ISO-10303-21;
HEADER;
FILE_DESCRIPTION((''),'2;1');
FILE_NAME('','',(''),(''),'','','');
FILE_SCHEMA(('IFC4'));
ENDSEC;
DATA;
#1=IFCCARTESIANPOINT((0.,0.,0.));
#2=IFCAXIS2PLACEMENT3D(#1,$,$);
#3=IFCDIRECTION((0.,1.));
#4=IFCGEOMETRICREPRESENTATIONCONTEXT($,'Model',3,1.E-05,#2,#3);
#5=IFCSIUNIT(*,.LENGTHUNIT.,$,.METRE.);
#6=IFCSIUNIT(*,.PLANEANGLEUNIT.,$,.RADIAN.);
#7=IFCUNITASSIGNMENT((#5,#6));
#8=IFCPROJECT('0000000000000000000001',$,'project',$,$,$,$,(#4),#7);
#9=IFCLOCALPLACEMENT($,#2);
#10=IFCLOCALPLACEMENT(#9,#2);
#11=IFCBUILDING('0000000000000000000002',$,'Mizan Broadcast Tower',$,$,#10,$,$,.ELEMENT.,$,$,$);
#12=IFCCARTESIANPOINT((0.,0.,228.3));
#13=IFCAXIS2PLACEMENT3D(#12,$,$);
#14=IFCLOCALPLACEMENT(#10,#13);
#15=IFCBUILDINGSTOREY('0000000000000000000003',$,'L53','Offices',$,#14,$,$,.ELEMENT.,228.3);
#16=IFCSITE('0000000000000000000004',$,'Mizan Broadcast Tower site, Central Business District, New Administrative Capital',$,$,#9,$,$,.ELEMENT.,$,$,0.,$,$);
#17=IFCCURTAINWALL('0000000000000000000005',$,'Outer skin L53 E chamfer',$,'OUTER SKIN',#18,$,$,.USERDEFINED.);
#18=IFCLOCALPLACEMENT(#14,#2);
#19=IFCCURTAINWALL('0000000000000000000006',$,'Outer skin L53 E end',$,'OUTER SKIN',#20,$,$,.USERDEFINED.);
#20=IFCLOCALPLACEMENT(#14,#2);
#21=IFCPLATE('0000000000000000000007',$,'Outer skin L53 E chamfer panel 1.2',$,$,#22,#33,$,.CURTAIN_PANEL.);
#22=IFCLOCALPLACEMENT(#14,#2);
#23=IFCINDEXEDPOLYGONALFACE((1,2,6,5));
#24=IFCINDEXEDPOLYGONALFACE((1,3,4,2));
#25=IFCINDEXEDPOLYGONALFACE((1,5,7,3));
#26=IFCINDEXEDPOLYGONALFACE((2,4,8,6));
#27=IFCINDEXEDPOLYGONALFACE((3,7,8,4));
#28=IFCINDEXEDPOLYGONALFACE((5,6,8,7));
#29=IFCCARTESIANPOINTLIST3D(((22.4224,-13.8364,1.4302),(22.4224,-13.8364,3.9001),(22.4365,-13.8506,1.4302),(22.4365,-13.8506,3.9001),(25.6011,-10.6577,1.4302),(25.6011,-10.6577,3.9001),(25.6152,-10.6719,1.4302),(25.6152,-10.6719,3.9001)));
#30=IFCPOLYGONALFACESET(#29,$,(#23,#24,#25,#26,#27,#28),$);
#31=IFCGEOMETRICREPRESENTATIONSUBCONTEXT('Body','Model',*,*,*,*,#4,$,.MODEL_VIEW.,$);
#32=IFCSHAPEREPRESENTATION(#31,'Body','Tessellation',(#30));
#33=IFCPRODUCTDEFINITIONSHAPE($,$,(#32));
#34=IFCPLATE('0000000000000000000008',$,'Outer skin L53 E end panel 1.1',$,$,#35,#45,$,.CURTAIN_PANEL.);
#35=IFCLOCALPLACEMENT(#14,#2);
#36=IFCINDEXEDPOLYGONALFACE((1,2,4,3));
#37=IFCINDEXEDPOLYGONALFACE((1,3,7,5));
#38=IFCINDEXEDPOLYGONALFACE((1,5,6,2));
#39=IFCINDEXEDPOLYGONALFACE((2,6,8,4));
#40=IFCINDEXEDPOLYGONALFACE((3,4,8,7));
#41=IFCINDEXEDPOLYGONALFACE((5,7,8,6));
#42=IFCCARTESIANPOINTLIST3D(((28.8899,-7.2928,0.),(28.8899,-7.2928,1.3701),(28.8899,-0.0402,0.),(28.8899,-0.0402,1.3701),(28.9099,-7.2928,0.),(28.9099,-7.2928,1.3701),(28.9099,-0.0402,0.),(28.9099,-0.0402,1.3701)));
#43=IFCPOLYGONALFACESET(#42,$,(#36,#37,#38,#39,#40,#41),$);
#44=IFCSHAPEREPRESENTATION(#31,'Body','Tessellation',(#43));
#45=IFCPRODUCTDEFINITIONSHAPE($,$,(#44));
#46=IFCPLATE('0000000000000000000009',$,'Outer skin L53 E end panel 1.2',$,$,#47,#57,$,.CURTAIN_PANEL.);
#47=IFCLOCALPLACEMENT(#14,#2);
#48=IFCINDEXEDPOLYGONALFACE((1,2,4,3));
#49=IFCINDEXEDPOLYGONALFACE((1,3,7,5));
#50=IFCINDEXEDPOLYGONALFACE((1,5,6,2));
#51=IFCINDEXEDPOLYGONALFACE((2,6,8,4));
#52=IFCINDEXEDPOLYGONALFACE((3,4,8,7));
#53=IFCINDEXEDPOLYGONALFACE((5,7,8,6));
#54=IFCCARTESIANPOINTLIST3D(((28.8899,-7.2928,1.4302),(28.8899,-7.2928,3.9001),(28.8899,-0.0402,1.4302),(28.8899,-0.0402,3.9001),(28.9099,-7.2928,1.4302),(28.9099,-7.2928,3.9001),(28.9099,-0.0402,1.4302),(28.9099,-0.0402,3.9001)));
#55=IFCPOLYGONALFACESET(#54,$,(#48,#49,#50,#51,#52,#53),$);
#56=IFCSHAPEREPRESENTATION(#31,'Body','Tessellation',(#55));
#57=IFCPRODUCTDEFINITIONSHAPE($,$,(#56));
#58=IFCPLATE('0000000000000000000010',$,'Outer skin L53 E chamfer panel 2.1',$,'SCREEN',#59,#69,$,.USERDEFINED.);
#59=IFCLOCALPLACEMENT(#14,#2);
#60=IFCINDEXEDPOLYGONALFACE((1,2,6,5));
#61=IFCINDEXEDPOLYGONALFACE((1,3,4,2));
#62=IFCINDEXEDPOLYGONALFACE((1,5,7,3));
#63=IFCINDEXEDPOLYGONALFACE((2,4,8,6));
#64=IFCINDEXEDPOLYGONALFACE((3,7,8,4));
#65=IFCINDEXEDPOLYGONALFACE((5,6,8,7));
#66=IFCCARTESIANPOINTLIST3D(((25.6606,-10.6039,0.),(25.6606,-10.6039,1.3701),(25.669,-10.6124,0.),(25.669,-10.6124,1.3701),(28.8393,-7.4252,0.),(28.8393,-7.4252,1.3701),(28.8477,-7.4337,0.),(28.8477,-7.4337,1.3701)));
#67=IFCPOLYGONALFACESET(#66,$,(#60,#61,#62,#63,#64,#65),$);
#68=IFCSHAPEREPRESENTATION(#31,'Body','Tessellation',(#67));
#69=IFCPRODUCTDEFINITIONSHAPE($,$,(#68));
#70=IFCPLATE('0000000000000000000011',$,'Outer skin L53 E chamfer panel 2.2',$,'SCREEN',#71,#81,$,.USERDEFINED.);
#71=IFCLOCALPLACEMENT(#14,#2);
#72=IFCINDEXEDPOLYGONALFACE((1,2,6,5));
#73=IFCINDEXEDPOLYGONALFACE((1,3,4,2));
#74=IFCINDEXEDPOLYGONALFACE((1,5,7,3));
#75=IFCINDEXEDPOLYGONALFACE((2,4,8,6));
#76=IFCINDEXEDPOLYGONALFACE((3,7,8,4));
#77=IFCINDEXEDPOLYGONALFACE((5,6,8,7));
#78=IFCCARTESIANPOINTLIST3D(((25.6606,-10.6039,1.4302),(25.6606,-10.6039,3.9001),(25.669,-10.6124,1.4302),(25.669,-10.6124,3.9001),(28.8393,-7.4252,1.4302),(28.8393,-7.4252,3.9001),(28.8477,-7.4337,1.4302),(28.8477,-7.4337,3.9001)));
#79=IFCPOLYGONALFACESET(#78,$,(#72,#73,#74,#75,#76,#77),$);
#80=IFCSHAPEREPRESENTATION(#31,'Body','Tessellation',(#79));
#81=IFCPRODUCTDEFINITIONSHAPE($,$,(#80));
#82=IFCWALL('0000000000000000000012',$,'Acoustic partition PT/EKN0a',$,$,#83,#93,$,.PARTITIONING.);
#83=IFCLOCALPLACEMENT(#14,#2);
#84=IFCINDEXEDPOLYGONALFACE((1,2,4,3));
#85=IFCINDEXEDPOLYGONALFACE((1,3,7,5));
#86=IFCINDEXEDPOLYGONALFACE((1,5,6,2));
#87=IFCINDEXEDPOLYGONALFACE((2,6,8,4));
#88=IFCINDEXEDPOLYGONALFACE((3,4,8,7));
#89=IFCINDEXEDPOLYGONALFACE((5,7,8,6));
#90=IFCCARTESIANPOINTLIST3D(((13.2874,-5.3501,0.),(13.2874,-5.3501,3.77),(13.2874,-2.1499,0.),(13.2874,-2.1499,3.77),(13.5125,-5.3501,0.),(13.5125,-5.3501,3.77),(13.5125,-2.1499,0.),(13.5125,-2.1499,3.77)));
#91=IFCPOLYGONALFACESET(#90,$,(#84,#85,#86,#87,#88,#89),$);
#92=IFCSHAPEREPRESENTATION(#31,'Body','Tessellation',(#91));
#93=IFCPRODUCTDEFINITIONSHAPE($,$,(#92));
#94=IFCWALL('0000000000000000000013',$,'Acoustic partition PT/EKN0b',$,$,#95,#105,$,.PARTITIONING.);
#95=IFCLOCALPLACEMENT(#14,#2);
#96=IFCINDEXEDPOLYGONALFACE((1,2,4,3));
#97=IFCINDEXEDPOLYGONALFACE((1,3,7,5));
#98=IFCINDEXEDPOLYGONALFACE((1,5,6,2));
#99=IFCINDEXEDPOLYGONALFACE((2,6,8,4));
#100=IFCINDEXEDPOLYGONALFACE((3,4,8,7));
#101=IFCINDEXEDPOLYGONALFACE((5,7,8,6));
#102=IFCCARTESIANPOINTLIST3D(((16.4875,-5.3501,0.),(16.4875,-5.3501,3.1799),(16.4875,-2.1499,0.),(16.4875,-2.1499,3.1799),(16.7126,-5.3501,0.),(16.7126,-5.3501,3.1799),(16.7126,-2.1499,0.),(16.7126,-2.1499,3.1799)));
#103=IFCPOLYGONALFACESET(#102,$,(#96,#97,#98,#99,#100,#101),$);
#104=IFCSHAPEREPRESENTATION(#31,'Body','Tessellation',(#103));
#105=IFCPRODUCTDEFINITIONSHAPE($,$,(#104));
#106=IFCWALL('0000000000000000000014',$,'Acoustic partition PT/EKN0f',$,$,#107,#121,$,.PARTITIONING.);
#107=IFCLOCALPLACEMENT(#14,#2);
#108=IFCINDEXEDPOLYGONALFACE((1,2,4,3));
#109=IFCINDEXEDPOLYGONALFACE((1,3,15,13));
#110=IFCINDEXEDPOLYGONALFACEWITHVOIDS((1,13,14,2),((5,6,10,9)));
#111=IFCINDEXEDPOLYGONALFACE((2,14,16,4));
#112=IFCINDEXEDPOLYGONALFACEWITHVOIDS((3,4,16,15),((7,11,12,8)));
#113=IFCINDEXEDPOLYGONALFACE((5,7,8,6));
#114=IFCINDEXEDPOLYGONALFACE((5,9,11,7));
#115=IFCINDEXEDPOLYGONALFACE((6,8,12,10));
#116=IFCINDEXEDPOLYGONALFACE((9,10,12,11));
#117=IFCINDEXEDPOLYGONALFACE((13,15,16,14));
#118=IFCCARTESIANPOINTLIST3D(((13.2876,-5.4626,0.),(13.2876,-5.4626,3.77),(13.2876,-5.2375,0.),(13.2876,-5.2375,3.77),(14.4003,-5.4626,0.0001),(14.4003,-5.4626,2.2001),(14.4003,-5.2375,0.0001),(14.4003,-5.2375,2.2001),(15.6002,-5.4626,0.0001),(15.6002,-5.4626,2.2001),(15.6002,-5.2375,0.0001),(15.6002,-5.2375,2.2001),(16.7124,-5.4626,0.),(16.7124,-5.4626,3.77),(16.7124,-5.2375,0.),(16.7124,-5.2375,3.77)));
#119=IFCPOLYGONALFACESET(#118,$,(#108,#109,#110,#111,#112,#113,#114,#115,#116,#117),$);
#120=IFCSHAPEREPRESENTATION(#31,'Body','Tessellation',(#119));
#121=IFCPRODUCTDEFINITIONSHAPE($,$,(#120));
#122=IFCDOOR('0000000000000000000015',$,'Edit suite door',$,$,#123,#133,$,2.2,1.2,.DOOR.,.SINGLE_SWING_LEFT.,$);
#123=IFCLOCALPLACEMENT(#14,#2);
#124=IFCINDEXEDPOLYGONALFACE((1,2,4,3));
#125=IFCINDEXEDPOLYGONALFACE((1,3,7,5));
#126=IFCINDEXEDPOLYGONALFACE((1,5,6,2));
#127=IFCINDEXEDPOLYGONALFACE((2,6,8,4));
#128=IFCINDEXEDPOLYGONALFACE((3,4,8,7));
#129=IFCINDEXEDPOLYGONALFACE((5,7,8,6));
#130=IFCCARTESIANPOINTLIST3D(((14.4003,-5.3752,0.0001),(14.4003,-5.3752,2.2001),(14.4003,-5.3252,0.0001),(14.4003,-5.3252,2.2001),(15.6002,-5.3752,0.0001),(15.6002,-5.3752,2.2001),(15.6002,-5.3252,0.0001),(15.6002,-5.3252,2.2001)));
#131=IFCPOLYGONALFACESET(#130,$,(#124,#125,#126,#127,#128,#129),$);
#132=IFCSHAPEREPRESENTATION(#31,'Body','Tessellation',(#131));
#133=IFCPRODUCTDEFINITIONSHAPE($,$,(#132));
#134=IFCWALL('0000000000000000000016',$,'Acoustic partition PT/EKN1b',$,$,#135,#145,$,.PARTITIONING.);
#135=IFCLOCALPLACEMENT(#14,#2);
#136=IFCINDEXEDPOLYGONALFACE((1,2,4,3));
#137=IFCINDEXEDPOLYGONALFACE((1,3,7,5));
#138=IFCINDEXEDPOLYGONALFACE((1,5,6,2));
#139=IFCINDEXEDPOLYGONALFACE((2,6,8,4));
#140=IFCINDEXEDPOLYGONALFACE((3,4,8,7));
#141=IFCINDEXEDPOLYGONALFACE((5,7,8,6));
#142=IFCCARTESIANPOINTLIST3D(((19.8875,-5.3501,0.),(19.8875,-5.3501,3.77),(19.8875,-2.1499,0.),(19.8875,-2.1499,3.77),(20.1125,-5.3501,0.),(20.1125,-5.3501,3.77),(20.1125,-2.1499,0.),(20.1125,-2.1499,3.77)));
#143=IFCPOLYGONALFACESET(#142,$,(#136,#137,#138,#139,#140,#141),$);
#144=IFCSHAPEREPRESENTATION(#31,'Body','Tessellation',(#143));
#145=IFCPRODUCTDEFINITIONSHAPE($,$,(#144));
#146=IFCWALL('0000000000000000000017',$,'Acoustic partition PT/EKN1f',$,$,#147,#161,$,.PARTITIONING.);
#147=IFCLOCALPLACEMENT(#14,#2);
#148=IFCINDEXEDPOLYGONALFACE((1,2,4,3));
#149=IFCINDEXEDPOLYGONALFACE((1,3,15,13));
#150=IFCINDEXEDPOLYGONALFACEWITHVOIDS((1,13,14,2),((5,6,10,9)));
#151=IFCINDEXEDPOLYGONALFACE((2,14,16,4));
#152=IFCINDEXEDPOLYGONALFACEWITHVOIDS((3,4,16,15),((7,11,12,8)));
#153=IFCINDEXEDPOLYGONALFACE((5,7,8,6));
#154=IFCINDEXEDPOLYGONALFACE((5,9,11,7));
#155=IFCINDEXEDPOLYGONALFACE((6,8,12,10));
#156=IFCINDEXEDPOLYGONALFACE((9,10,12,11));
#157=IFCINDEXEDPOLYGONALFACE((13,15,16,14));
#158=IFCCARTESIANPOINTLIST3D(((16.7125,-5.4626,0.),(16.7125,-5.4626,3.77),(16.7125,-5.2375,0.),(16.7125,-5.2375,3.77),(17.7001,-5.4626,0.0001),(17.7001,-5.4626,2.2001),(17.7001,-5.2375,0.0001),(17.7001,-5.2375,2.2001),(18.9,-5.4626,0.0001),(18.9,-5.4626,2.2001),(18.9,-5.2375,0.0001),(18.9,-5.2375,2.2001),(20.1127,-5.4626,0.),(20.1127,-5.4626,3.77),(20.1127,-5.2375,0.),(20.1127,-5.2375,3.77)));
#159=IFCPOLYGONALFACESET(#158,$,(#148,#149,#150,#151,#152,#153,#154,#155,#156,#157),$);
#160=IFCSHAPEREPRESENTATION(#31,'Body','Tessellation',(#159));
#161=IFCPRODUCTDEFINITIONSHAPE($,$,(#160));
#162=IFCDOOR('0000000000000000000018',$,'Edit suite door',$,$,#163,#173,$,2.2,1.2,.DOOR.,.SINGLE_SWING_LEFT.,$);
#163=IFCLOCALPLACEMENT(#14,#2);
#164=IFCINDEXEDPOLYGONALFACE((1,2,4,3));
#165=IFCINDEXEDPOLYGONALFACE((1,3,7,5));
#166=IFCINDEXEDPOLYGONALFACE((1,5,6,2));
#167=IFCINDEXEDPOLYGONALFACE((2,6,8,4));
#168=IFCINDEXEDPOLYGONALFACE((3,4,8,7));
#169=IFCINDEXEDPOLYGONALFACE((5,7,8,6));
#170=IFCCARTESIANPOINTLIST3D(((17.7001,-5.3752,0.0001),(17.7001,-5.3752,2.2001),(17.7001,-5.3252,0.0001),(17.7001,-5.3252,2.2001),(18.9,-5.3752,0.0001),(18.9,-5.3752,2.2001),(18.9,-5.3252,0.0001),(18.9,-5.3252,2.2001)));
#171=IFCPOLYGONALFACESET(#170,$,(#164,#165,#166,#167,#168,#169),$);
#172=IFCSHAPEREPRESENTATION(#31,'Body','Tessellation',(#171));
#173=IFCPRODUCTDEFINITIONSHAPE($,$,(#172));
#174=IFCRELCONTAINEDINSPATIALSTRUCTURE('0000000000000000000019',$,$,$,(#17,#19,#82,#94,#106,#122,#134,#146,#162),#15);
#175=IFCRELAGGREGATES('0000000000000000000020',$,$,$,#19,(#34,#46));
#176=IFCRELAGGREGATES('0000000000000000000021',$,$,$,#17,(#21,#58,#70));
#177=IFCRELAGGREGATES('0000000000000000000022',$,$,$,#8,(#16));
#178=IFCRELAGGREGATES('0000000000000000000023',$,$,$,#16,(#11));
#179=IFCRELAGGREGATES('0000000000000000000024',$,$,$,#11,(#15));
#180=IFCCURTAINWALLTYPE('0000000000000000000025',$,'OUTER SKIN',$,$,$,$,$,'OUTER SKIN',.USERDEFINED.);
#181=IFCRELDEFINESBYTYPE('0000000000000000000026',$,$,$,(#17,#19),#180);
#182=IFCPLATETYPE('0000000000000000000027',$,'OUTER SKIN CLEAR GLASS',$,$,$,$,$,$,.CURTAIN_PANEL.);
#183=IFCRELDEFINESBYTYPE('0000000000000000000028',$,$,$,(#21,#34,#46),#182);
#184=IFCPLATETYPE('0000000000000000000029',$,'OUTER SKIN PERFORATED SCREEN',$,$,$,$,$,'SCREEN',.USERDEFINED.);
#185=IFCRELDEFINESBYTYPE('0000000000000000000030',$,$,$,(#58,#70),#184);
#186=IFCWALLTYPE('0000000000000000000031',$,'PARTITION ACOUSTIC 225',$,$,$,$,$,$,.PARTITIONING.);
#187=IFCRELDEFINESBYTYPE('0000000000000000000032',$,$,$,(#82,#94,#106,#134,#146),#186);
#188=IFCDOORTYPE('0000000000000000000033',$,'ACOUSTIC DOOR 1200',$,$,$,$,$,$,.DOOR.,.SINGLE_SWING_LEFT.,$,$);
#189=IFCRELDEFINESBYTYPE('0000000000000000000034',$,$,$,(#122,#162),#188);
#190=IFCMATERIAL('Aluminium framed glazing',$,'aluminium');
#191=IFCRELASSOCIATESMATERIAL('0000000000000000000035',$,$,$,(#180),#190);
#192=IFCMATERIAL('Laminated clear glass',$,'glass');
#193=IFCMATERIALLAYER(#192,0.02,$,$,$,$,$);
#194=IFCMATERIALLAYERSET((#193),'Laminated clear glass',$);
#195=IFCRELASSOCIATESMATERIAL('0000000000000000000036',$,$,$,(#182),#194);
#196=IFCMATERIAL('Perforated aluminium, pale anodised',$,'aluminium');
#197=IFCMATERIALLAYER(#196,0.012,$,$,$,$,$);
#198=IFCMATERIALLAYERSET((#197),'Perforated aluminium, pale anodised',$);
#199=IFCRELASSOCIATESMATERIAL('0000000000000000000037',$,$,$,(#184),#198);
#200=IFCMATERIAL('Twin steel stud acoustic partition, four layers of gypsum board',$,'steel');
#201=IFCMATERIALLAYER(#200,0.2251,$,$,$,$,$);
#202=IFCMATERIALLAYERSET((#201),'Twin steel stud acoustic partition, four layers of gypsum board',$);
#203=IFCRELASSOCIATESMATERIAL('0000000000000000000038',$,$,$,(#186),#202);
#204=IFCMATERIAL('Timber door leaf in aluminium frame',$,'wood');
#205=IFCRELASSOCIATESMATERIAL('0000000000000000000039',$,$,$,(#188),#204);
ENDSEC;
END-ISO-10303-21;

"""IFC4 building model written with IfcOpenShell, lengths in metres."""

from ifc_helpers import new_model, si_unit, direction, frame, frame_2d, origin, origin_2d, place, context, subcontext, project, spatial, rectangle, extrude, material, layer, layer_set, type_object, element, fill, aggregate, save


model = new_model("IFC4")

# Units and contexts
model_context = context("Model", 3, precision=1e-05, world=origin(), true_north=direction((0.0, 1.0)))
body_context = subcontext(model_context, "Body", "Model", "MODEL_VIEW")
ifc_project = project(units=[si_unit("LENGTHUNIT", "METRE"), si_unit("PLANEANGLEUNIT", "RADIAN")], contexts=[model_context])

# Site, building, storey
site_placement = place(None, origin())
site = spatial("IfcSite", under=ifc_project, at=site_placement, Name="Mizan Broadcast Tower site, Central Business District, New Administrative Capital", CompositionType="ELEMENT", RefElevation=0.0)
building_placement = place(site_placement, origin())
building = spatial("IfcBuilding", under=site, at=building_placement, Name="Mizan Broadcast Tower", CompositionType="ELEMENT")
storey_placement = place(building_placement, frame((0.0, 0.0, 228.3)))
storey = spatial("IfcBuildingStorey", under=building, at=storey_placement, Name="L53", Description="Offices", CompositionType="ELEMENT", Elevation=228.3)

# Curtain wall
ifc_material_1 = material(Name="Aluminium framed glazing", Category="aluminium")
curtain_wall_type_1 = type_object("IfcCurtainWallType", Name="OUTER SKIN", ElementType="OUTER SKIN", PredefinedType="USERDEFINED", material=ifc_material_1)
curtain_wall_1_placement = place(storey_placement, origin())
curtain_wall_1 = element("IfcCurtainWall", 1, at=curtain_wall_1_placement, inside=storey, type_object=curtain_wall_type_1, Name="Outer skin L53 E chamfer", ObjectType="OUTER SKIN", PredefinedType="USERDEFINED")

# Curtain wall
curtain_wall_2_placement = place(storey_placement, origin())
curtain_wall_2 = element("IfcCurtainWall", 2, at=curtain_wall_2_placement, inside=storey, type_object=curtain_wall_type_1, Name="Outer skin L53 E end", ObjectType="OUTER SKIN", PredefinedType="USERDEFINED")

# Plates
ifc_material_2 = material(Name="Laminated clear glass", Category="glass")
ifc_layer_1 = layer(ifc_material_2, 0.02)
ifc_layer_set_1 = layer_set([ifc_layer_1], Name="Laminated clear glass")
plate_type_1 = type_object("IfcPlateType", Name="OUTER SKIN CLEAR GLASS", PredefinedType="CURTAIN_PANEL", material=ifc_layer_set_1)
plate_1_placement = place(storey_placement, frame((24.0188, -12.2542, 1.4302), z_axis=(0.0, 0.0, 1.0), x_axis=(0.707107, 0.707107, 0.0)))
plate_1 = element("IfcPlate", 3, at=plate_1_placement, type_object=plate_type_1, Name="Outer skin L53 E chamfer panel 1.2", PredefinedType="CURTAIN_PANEL", context=body_context, shape_type="SweptSolid", body=[
    extrude(rectangle(XDim=4.4954, YDim=0.02, at=origin_2d()), origin(), (0.0, 0.0, 1.0), 2.47),
])
plate_2_placement = place(storey_placement, frame((28.8999, -3.6665, 0.0), z_axis=(0.0, 0.0, 1.0), x_axis=(0.0, 1.0, 0.0)))
plate_2 = element("IfcPlate", 4, at=plate_2_placement, type_object=plate_type_1, Name="Outer skin L53 E end panel 1.1", PredefinedType="CURTAIN_PANEL", context=body_context, shape_type="SweptSolid", body=[
    extrude(rectangle(XDim=7.2527, YDim=0.02, at=origin_2d()), origin(), (0.0, 0.0, 1.0), 1.3701),
])
plate_3_placement = place(storey_placement, frame((28.8999, -3.6665, 1.4302), z_axis=(0.0, 0.0, 1.0), x_axis=(0.0, 1.0, 0.0)))
plate_3 = element("IfcPlate", 5, at=plate_3_placement, type_object=plate_type_1, Name="Outer skin L53 E end panel 1.2", PredefinedType="CURTAIN_PANEL", context=body_context, shape_type="SweptSolid", body=[
    extrude(rectangle(XDim=7.2527, YDim=0.02, at=origin_2d()), origin(), (0.0, 0.0, 1.0), 2.47),
])
aggregate(curtain_wall_2, [plate_2, plate_3])
ifc_material_3 = material(Name="Perforated aluminium, pale anodised", Category="aluminium")
ifc_layer_2 = layer(ifc_material_3, 0.012)
ifc_layer_set_2 = layer_set([ifc_layer_2], Name="Perforated aluminium, pale anodised")
plate_type_2 = type_object("IfcPlateType", Name="OUTER SKIN PERFORATED SCREEN", ElementType="SCREEN", PredefinedType="USERDEFINED", material=ifc_layer_set_2)
plate_4_placement = place(storey_placement, frame((27.2542, -9.0188, 0.0), z_axis=(0.0, 0.0, 1.0), x_axis=(0.707107, 0.707107, 0.0)))
plate_4 = element("IfcPlate", 6, at=plate_4_placement, type_object=plate_type_2, Name="Outer skin L53 E chamfer panel 2.1", ObjectType="SCREEN", PredefinedType="USERDEFINED", context=body_context, shape_type="SweptSolid", body=[
    extrude(rectangle(XDim=4.4954, YDim=0.012, at=origin_2d()), origin(), (0.0, 0.0, 1.0), 1.3701),
])
plate_5_placement = place(storey_placement, frame((27.2542, -9.0188, 1.4302), z_axis=(0.0, 0.0, 1.0), x_axis=(0.707107, 0.707107, 0.0)))
plate_5 = element("IfcPlate", 7, at=plate_5_placement, type_object=plate_type_2, Name="Outer skin L53 E chamfer panel 2.2", ObjectType="SCREEN", PredefinedType="USERDEFINED", context=body_context, shape_type="SweptSolid", body=[
    extrude(rectangle(XDim=4.4954, YDim=0.012, at=origin_2d()), origin(), (0.0, 0.0, 1.0), 2.47),
])
aggregate(curtain_wall_1, [plate_1, plate_4, plate_5])

# Walls
ifc_material_4 = material(Name="Twin steel stud acoustic partition, four layers of gypsum board", Category="steel")
ifc_layer_3 = layer(ifc_material_4, 0.2251)
ifc_layer_set_3 = layer_set([ifc_layer_3], Name="Twin steel stud acoustic partition, four layers of gypsum board")
wall_type = type_object("IfcWallType", Name="PARTITION ACOUSTIC 225", PredefinedType="PARTITIONING", material=ifc_layer_set_3)
wall_1_placement = place(storey_placement, frame((13.3999, -2.1499, 0.0), z_axis=(0.0, 0.0, 1.0), x_axis=(0.0, -1.0, 0.0)))
element("IfcWall", 8, at=wall_1_placement, inside=storey, type_object=wall_type, Name="Acoustic partition PT/EKN0a", PredefinedType="PARTITIONING", context=body_context, shape_type="SweptSolid", body=[
    extrude(rectangle(XDim=3.2002, YDim=0.2251, at=frame_2d((1.6001, 0.0))), origin(), (0.0, 0.0, 1.0), 3.77),
])
wall_2_placement = place(storey_placement, frame((16.6001, -2.1499, 0.0), z_axis=(0.0, 0.0, 1.0), x_axis=(0.0, -1.0, 0.0)))
element("IfcWall", 9, at=wall_2_placement, inside=storey, type_object=wall_type, Name="Acoustic partition PT/EKN0b", PredefinedType="PARTITIONING", context=body_context, shape_type="SweptSolid", body=[
    extrude(rectangle(XDim=3.2002, YDim=0.2251, at=frame_2d((1.6001, 0.0))), origin(), (0.0, 0.0, 1.0), 3.1799),
])

# Wall, opening, door
wall_3_placement = place(storey_placement, frame((13.2876, -5.3501, 0.0), z_axis=(0.0, 0.0, 1.0), x_axis=(1.0, 0.0, 0.0)))
wall_3 = element("IfcWall", 10, at=wall_3_placement, inside=storey, type_object=wall_type, Name="Acoustic partition PT/EKN0f", PredefinedType="PARTITIONING", context=body_context, shape_type="SweptSolid", body=[
    extrude(rectangle(XDim=3.4248, YDim=0.2251, at=frame_2d((1.7124, 0.0))), origin(), (0.0, 0.0, 1.0), 3.77),
])
opening_1_placement = place(wall_3_placement, frame((1.1125, 0.0, 0.0)))
opening_1 = element("IfcOpeningElement", 11, at=opening_1_placement, cuts=wall_3, PredefinedType="OPENING", context=body_context, shape_type="SweptSolid", body=[
    extrude(rectangle(XDim=1.2, YDim=2.2, at=frame_2d((0.6001, 1.1001))), frame((0.0, 0.1226, 0.0), z_axis=(0.0, -1.0, 0.0), x_axis=(1.0, 0.0, 0.0)), (0.0, 0.0, 1.0), 0.2451),
])
ifc_material_5 = material(Name="Timber door leaf in aluminium frame", Category="wood")
door_type = type_object("IfcDoorType", Name="ACOUSTIC DOOR 1200", OperationType="SINGLE_SWING_LEFT", PredefinedType="DOOR", material=ifc_material_5)
door_1_placement = place(opening_1_placement, origin())
door_1 = element("IfcDoor", 12, at=door_1_placement, inside=storey, type_object=door_type, Name="Edit suite door", OperationType="SINGLE_SWING_LEFT", OverallHeight=2.2, OverallWidth=1.2, PredefinedType="DOOR", context=body_context, shape_type="SweptSolid", body=[
    extrude(rectangle(XDim=1.2, YDim=2.2, at=frame_2d((0.6001, 1.1001))), frame((0.0, 0.0249, 0.0), z_axis=(0.0, -1.0, 0.0), x_axis=(1.0, 0.0, 0.0)), (0.0, 0.0, 1.0), 0.05),
])
fill(opening_1, door_1)

# Wall
wall_4_placement = place(storey_placement, frame((20.0, -2.1499, 0.0), z_axis=(0.0, 0.0, 1.0), x_axis=(0.0, -1.0, 0.0)))
element("IfcWall", 13, at=wall_4_placement, inside=storey, type_object=wall_type, Name="Acoustic partition PT/EKN1b", PredefinedType="PARTITIONING", context=body_context, shape_type="SweptSolid", body=[
    extrude(rectangle(XDim=3.2002, YDim=0.2251, at=frame_2d((1.6001, 0.0))), origin(), (0.0, 0.0, 1.0), 3.77),
])

# Wall, opening, door
wall_5_placement = place(storey_placement, frame((16.7124, -5.3501, 0.0), z_axis=(0.0, 0.0, 1.0), x_axis=(1.0, 0.0, 0.0)))
wall_5 = element("IfcWall", 14, at=wall_5_placement, inside=storey, type_object=wall_type, Name="Acoustic partition PT/EKN1f", PredefinedType="PARTITIONING", context=body_context, shape_type="SweptSolid", body=[
    extrude(rectangle(XDim=3.4001, YDim=0.2251, at=frame_2d((1.7002, 0.0))), origin(), (0.0, 0.0, 1.0), 3.77),
])
opening_2_placement = place(wall_5_placement, frame((0.9875, 0.0, 0.0)))
opening_2 = element("IfcOpeningElement", 15, at=opening_2_placement, cuts=wall_5, PredefinedType="OPENING", context=body_context, shape_type="SweptSolid", body=[
    extrude(rectangle(XDim=1.2, YDim=2.2, at=frame_2d((0.6001, 1.1001))), frame((0.0, 0.1226, 0.0), z_axis=(0.0, -1.0, 0.0), x_axis=(1.0, 0.0, 0.0)), (0.0, 0.0, 1.0), 0.2451),
])
door_2_placement = place(opening_2_placement, origin())
door_2 = element("IfcDoor", 16, at=door_2_placement, inside=storey, type_object=door_type, Name="Edit suite door", OperationType="SINGLE_SWING_LEFT", OverallHeight=2.2, OverallWidth=1.2, PredefinedType="DOOR", context=body_context, shape_type="SweptSolid", body=[
    extrude(rectangle(XDim=1.2, YDim=2.2, at=frame_2d((0.6001, 1.1001))), frame((0.0, 0.0249, 0.0), z_axis=(0.0, -1.0, 0.0), x_axis=(1.0, 0.0, 0.0)), (0.0, 0.0, 1.0), 0.05),
])
fill(opening_2, door_2)

save(model, "model.ifc")
